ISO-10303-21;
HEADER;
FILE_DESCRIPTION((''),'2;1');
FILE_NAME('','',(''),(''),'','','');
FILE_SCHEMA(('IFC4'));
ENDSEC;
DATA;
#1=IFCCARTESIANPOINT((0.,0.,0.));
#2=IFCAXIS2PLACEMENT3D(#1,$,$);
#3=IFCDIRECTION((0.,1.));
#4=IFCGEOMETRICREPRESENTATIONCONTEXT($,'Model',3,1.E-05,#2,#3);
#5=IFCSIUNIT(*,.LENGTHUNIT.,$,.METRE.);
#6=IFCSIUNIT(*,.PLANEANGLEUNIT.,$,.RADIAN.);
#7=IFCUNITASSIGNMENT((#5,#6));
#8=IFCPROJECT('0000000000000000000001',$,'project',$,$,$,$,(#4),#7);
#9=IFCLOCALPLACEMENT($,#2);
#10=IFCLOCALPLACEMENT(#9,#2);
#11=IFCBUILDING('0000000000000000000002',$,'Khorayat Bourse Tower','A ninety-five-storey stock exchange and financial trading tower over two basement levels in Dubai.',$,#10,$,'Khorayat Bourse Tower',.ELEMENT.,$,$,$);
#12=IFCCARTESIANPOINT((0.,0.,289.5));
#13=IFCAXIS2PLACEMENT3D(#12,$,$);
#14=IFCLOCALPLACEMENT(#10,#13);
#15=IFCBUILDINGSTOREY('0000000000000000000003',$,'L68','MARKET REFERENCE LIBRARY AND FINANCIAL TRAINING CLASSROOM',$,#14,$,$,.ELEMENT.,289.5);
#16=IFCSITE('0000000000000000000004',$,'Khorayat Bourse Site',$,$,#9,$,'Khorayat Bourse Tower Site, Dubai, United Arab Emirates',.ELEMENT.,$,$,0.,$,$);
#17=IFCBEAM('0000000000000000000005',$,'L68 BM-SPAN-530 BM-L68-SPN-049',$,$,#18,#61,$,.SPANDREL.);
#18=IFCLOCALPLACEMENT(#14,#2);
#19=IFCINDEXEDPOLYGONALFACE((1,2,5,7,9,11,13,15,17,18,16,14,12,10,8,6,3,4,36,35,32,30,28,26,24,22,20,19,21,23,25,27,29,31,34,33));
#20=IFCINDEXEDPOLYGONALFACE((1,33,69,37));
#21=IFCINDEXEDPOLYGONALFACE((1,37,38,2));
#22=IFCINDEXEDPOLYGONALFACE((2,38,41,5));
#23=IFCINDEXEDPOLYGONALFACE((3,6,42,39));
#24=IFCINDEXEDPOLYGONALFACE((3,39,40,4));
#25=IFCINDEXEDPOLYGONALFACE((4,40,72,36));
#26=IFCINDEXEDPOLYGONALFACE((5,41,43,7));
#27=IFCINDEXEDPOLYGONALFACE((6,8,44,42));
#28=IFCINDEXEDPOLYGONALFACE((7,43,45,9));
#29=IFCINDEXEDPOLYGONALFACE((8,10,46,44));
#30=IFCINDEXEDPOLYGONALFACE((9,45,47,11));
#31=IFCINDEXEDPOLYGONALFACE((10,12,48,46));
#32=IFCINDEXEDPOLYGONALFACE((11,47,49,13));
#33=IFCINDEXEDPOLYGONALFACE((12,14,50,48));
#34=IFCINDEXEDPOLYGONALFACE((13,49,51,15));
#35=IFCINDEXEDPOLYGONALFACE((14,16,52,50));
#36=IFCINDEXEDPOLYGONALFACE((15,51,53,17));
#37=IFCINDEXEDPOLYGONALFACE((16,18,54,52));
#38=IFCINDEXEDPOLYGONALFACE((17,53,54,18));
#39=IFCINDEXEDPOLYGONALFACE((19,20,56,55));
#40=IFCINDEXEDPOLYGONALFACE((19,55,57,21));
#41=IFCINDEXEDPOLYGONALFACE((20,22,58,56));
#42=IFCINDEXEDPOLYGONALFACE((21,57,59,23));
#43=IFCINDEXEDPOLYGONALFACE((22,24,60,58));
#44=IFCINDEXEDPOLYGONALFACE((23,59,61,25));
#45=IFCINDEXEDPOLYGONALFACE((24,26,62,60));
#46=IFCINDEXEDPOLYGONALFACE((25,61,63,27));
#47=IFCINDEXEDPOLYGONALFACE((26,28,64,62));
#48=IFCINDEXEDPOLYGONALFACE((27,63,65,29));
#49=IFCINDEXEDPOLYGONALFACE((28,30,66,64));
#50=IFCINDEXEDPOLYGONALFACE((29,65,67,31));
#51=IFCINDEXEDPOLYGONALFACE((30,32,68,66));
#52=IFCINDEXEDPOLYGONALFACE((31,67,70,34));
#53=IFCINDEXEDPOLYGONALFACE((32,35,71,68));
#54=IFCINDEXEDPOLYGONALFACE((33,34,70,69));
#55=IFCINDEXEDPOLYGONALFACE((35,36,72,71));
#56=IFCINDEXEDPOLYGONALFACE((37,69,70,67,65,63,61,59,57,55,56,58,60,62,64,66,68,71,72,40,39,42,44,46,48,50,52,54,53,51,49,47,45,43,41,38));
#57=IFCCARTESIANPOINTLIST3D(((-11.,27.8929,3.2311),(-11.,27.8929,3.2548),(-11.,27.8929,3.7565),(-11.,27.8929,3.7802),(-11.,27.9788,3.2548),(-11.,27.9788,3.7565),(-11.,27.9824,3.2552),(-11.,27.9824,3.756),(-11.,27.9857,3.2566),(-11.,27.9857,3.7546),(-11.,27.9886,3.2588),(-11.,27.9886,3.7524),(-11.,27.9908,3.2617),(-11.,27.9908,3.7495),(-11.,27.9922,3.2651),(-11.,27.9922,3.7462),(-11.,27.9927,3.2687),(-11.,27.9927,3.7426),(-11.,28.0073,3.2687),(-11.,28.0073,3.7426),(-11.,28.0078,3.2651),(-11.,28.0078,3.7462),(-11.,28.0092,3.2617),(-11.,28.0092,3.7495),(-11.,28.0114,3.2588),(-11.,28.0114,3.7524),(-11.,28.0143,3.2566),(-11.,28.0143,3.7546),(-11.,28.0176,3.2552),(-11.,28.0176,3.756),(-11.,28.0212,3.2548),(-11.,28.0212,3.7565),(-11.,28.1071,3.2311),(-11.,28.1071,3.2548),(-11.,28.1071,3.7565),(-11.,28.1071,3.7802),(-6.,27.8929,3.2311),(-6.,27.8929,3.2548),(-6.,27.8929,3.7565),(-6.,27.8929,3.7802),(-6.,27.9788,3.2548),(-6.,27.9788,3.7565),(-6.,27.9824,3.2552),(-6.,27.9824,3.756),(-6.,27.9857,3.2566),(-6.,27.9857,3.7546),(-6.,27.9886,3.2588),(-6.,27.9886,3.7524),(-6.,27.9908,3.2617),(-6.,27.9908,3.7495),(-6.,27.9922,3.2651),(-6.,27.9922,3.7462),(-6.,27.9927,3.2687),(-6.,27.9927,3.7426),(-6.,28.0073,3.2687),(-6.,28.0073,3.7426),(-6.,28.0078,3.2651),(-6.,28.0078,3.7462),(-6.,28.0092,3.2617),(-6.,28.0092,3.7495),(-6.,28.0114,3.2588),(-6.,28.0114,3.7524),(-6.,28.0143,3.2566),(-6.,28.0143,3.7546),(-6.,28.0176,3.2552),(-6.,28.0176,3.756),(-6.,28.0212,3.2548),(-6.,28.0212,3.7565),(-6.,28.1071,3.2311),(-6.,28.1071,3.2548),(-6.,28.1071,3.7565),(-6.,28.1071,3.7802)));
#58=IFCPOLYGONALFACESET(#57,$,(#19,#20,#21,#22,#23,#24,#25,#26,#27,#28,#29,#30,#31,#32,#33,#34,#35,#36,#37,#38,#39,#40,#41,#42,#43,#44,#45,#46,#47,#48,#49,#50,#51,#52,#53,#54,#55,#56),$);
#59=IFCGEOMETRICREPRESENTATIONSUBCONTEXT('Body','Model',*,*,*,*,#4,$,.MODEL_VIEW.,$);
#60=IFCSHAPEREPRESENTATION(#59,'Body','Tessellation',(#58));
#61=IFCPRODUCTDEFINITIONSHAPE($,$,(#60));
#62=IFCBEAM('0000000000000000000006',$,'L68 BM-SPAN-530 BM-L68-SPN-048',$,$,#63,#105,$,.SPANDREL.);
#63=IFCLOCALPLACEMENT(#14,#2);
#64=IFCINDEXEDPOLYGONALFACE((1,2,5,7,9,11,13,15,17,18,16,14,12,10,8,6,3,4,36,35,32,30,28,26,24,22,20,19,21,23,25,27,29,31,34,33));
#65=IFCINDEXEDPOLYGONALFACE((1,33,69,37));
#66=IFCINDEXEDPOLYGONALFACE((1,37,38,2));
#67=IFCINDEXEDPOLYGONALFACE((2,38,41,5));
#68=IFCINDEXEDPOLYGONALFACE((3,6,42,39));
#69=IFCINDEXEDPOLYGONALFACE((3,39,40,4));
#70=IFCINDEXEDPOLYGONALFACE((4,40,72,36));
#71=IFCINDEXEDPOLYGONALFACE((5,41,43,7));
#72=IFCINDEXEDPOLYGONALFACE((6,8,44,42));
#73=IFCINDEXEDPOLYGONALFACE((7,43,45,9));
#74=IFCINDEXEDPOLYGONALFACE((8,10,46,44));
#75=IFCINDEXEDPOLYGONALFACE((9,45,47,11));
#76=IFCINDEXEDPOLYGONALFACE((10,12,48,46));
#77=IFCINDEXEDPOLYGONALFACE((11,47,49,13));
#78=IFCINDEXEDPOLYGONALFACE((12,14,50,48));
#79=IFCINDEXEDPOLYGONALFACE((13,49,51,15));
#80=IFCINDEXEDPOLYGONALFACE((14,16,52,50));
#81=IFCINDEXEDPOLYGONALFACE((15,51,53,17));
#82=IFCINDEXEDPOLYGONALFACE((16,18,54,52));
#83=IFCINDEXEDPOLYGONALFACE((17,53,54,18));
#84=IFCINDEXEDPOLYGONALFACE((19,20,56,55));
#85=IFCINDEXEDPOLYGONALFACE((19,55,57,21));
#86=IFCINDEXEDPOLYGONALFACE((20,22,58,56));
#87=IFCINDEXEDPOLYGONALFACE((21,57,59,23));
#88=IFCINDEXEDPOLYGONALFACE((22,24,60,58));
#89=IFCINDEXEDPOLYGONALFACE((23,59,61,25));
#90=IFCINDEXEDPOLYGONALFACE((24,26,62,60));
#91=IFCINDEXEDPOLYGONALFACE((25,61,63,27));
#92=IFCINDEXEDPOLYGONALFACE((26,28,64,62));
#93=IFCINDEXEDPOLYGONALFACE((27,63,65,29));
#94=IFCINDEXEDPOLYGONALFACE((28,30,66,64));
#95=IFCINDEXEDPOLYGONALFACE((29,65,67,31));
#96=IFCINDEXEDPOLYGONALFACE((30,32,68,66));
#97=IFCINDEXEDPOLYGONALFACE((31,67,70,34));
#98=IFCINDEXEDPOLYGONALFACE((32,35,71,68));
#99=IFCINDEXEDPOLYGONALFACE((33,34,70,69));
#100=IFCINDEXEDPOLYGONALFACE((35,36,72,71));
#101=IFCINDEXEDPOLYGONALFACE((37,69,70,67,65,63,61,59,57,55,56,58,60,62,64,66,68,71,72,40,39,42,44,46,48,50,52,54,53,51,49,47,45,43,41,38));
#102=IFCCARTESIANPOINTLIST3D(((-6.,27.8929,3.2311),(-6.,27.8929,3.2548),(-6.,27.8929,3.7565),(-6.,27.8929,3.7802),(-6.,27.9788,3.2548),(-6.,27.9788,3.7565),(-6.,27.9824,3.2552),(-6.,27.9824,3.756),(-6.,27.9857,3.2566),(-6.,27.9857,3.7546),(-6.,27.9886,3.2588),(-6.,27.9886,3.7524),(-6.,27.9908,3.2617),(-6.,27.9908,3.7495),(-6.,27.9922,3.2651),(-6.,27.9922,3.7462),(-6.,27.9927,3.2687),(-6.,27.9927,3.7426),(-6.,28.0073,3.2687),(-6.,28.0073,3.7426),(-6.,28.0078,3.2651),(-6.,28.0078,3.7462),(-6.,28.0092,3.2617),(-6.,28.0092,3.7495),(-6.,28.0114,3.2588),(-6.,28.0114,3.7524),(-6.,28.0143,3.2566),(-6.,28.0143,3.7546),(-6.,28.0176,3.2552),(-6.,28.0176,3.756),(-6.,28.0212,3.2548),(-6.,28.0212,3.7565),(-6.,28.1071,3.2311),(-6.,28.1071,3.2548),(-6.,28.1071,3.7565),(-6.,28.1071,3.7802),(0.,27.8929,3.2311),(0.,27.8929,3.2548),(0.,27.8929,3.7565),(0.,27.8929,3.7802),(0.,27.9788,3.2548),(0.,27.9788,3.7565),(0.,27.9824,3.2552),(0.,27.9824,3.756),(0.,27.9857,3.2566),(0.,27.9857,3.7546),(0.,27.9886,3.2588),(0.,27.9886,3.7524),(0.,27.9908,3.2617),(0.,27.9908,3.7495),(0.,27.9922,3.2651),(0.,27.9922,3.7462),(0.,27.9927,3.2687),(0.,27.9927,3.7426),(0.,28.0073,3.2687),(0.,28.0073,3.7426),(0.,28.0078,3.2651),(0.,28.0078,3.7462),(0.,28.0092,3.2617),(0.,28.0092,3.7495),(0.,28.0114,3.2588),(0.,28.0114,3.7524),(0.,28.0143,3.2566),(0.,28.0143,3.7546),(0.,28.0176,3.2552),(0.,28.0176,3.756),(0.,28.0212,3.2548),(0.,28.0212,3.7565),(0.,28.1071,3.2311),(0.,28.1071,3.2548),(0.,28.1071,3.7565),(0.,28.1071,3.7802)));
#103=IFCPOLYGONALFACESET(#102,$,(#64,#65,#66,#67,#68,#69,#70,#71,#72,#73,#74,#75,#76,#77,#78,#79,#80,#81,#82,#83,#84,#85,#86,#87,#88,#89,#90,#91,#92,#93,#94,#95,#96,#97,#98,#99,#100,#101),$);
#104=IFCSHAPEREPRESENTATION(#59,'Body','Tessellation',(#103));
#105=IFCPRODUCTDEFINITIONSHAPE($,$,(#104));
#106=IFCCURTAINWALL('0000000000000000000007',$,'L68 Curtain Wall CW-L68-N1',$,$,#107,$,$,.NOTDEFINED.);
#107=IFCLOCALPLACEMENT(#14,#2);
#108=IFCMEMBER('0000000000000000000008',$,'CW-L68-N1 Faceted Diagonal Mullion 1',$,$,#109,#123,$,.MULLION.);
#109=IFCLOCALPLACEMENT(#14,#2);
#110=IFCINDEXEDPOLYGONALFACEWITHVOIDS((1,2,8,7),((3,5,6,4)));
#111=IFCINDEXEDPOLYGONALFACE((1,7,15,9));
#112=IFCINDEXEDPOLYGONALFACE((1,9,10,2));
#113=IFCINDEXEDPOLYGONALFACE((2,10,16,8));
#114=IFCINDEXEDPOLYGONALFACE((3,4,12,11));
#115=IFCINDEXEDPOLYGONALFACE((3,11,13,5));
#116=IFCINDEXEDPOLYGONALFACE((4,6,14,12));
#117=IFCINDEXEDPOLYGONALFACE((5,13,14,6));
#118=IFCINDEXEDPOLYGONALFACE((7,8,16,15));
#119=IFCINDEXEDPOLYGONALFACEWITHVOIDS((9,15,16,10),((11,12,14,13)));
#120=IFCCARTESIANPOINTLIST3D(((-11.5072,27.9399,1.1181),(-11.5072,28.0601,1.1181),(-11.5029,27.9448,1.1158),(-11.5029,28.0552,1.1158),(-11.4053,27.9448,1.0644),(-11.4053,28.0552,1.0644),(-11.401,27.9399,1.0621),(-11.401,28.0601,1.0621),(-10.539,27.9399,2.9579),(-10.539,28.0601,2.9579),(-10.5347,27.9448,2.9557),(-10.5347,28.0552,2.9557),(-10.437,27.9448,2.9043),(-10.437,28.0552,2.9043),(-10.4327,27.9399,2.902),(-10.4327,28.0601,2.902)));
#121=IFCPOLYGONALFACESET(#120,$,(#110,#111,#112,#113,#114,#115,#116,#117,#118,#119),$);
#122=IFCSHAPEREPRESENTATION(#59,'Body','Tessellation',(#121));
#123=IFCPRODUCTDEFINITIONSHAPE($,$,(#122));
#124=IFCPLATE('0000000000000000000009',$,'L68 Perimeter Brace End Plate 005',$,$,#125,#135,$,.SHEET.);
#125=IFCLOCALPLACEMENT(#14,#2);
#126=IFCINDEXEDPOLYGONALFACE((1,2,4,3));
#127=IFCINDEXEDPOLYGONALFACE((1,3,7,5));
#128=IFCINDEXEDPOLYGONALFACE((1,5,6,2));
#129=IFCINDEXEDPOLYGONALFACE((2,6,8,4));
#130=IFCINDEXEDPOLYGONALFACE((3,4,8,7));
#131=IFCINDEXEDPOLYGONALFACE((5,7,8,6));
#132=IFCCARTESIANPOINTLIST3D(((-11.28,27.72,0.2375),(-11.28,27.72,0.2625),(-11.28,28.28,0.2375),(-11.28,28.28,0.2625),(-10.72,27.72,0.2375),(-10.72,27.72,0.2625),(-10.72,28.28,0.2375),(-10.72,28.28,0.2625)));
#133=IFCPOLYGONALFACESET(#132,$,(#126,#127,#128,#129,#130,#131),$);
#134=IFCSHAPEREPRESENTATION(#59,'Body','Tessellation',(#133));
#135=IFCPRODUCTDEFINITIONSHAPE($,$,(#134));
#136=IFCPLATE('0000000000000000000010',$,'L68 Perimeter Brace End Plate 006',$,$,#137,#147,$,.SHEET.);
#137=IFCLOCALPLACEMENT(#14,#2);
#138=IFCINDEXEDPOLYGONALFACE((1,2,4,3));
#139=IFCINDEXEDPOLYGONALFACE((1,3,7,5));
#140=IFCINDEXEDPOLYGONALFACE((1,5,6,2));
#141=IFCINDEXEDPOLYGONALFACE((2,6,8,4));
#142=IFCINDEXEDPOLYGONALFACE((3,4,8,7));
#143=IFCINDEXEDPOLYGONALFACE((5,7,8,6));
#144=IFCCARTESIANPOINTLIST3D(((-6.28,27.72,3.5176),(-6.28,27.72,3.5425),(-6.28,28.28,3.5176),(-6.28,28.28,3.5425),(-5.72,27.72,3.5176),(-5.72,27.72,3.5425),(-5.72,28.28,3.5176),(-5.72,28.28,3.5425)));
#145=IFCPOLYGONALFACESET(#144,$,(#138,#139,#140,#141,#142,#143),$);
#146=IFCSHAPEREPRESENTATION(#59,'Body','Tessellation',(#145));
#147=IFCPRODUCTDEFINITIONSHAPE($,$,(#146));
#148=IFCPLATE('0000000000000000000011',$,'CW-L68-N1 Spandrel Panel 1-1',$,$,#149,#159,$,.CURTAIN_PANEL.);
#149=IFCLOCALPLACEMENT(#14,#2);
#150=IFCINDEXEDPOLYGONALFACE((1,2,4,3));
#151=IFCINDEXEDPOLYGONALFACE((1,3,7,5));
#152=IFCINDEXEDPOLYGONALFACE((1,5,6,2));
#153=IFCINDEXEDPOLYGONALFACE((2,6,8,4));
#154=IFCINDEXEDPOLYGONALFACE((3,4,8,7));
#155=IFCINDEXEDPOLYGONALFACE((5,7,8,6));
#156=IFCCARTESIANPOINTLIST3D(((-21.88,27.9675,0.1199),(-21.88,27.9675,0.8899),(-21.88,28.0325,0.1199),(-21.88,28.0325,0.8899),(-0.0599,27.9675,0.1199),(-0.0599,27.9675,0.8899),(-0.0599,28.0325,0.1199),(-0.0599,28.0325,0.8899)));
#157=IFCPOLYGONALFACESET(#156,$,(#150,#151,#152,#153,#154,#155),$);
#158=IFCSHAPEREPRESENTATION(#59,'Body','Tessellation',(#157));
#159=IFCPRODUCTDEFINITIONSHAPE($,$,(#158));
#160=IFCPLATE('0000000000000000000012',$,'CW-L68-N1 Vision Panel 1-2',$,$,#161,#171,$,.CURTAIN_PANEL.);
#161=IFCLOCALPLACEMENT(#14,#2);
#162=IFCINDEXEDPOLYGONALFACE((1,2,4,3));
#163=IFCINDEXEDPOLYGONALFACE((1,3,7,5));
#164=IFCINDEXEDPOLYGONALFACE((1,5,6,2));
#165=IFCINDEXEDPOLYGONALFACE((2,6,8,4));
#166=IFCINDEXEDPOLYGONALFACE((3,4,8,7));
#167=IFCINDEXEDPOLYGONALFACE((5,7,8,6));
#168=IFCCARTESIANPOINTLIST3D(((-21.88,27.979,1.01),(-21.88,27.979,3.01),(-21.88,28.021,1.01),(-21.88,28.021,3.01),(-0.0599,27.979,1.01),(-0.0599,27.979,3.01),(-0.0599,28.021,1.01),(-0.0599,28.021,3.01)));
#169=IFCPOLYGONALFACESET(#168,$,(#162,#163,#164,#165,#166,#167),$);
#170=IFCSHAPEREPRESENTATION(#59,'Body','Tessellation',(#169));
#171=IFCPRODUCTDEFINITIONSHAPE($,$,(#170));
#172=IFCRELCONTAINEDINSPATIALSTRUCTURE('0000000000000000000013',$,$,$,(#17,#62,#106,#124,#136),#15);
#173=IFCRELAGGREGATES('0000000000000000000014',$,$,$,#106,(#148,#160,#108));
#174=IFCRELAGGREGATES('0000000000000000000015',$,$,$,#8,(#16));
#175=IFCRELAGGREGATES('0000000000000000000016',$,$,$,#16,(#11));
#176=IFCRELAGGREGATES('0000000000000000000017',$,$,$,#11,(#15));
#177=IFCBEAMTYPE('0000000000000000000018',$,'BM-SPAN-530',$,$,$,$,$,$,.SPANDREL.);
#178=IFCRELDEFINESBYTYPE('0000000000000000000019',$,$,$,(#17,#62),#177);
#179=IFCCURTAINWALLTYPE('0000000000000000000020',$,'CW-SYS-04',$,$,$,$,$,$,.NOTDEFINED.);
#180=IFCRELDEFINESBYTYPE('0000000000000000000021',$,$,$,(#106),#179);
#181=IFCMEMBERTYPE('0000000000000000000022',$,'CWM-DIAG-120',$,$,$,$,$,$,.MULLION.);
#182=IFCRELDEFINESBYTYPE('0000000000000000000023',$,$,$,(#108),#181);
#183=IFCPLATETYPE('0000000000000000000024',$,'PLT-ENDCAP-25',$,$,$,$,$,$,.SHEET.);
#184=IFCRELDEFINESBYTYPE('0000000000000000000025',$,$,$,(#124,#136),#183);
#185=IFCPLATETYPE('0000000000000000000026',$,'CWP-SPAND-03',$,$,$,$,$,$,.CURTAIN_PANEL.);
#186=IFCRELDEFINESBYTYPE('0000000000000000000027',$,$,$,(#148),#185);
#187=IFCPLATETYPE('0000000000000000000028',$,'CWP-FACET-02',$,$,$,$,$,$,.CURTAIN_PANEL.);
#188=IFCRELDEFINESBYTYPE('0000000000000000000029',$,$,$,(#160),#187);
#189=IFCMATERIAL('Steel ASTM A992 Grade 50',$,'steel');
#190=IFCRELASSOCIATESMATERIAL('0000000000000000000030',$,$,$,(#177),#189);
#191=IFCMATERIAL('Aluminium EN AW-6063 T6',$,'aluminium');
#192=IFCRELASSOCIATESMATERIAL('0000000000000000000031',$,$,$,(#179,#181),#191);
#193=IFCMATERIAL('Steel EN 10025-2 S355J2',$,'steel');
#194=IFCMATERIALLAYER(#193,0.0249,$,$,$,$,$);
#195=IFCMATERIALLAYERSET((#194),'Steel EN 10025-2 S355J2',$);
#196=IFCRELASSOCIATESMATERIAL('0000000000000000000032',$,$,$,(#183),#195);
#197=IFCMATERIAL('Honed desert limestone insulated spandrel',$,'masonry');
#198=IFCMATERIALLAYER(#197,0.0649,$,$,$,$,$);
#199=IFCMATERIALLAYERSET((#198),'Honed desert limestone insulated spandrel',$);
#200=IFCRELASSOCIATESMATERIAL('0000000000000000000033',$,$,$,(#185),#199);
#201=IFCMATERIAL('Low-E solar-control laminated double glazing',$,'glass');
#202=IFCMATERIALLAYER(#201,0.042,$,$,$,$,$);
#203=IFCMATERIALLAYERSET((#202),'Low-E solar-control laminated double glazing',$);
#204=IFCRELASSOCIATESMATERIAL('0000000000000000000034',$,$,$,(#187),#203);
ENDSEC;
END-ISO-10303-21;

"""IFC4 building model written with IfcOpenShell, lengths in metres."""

from ifc_helpers import new_model, si_unit, direction, frame, origin, origin_2d, place, context, subcontext, project, spatial, rectangle, hollow_rectangle, i_section, extrude, source, transform, mapped, material, layer, layer_set, material_profile, profile_set, type_object, element, aggregate, save


model = new_model("IFC4")

# Units and contexts
model_context = context("Model", 3, precision=1e-05, world=origin(), true_north=direction((0.0, 1.0)))
body_context = subcontext(model_context, "Body", "Model", "MODEL_VIEW")
ifc_project = project(units=[si_unit("LENGTHUNIT", "METRE"), si_unit("PLANEANGLEUNIT", "RADIAN")], contexts=[model_context])

# Site, building, storey
site_placement = place(None, origin())
site = spatial("IfcSite", under=ifc_project, at=site_placement, Name="Khorayat Bourse Site", LongName="Khorayat Bourse Tower Site, Dubai, United Arab Emirates", CompositionType="ELEMENT", RefElevation=0.0)
building_placement = place(site_placement, origin())
building = spatial("IfcBuilding", under=site, at=building_placement, Name="Khorayat Bourse Tower", Description="A ninety-five-storey stock exchange and financial trading tower over two basement levels in Dubai.", LongName="Khorayat Bourse Tower", CompositionType="ELEMENT")
storey_placement = place(building_placement, frame((0.0, 0.0, 289.5)))
storey = spatial("IfcBuildingStorey", under=building, at=storey_placement, Name="L68", Description="MARKET REFERENCE LIBRARY AND FINANCIAL TRAINING CLASSROOM", CompositionType="ELEMENT", Elevation=289.5)

# Beams
ifc_material_1 = material(Name="Steel ASTM A992 Grade 50", Category="steel")
ifc_material_profile_1 = material_profile(ifc_material_1, i_section(OverallWidth=0.2141, OverallDepth=0.5491, WebThickness=0.0146, FlangeThickness=0.0237, FilletRadius=0.0139, at=origin_2d()), Name="W530X138")
ifc_profile_set_1 = profile_set([ifc_material_profile_1], Name="Steel ASTM A992 Grade 50")
beam_type_1 = type_object("IfcBeamType", Name="BM-SPAN-530", PredefinedType="SPANDREL", material=ifc_profile_set_1)
shared_shape_1 = source(origin(), body_context, "Body", "SweptSolid", [
    extrude(i_section(OverallWidth=0.2141, OverallDepth=0.5491, WebThickness=0.0146, FlangeThickness=0.0237, FilletRadius=0.0139, at=origin_2d()), origin(), (0.0, 0.0, 1.0), 5.0),
])
beam_1_placement = place(storey_placement, frame((-11.0, 28.0, 3.5056), z_axis=(1.0, 0.0, 0.0), x_axis=(0.0, 1.0, 0.0)))
element("IfcBeam", 1, at=beam_1_placement, inside=storey, type_object=beam_type_1, Name="L68 BM-SPAN-530 BM-L68-SPN-049", PredefinedType="SPANDREL", context=body_context, shape_type="MappedRepresentation", body=[
    mapped(shared_shape_1, transform((0.0, 0.0, 0.0), scale=1.0)),
])
shared_shape_2 = source(origin(), body_context, "Body", "SweptSolid", [
    extrude(i_section(OverallWidth=0.2141, OverallDepth=0.5491, WebThickness=0.0146, FlangeThickness=0.0237, FilletRadius=0.0139, at=origin_2d()), origin(), (0.0, 0.0, 1.0), 6.0),
])
beam_2_placement = place(storey_placement, frame((-6.0, 28.0, 3.5056), z_axis=(1.0, 0.0, 0.0), x_axis=(0.0, 1.0, 0.0)))
element("IfcBeam", 2, at=beam_2_placement, inside=storey, type_object=beam_type_1, Name="L68 BM-SPAN-530 BM-L68-SPN-048", PredefinedType="SPANDREL", context=body_context, shape_type="MappedRepresentation", body=[
    mapped(shared_shape_2, transform((0.0, 0.0, 0.0), scale=1.0)),
])

# Curtain wall, member
ifc_material_2 = material(Name="Aluminium EN AW-6063 T6", Category="aluminium")
curtain_wall_type = type_object("IfcCurtainWallType", Name="CW-SYS-04", PredefinedType="NOTDEFINED", material=ifc_material_2)
curtain_wall_placement = place(storey_placement, origin())
curtain_wall = element("IfcCurtainWall", 3, at=curtain_wall_placement, inside=storey, type_object=curtain_wall_type, Name="L68 Curtain Wall CW-L68-N1", PredefinedType="NOTDEFINED")
ifc_material_profile_2 = material_profile(ifc_material_2, hollow_rectangle(XDim=0.1201, YDim=0.1201, WallThickness=0.0049, at=origin_2d()), Name="ALU 120x120x5")
ifc_profile_set_2 = profile_set([ifc_material_profile_2], Name="Aluminium EN AW-6063 T6")
member_type_1 = type_object("IfcMemberType", Name="CWM-DIAG-120", PredefinedType="MULLION", material=ifc_profile_set_2)
shared_shape_3 = source(origin(), body_context, "Body", "SweptSolid", [
    extrude(hollow_rectangle(XDim=0.1201, YDim=0.1201, WallThickness=0.0049, at=origin_2d()), origin(), (0.0, 0.0, 1.0), 2.0791),
])
member_1_placement = place(storey_placement, frame((-11.4541, 28.0, 1.0901), z_axis=(0.465717, 0.0, 0.884934), x_axis=(0.0, 1.0, 0.0)))
member_1 = element("IfcMember", 4, at=member_1_placement, type_object=member_type_1, Name="CW-L68-N1 Faceted Diagonal Mullion 1", PredefinedType="MULLION", context=body_context, shape_type="MappedRepresentation", body=[
    mapped(shared_shape_3, transform((0.0, 0.0, 0.0), scale=1.0)),
])

# Plates
ifc_material_3 = material(Name="Steel EN 10025-2 S355J2", Category="steel")
ifc_layer_1 = layer(ifc_material_3, 0.0249)
ifc_layer_set_1 = layer_set([ifc_layer_1], Name="Steel EN 10025-2 S355J2")
plate_type_1 = type_object("IfcPlateType", Name="PLT-ENDCAP-25", PredefinedType="SHEET", material=ifc_layer_set_1)
shared_shape_4 = source(origin(), body_context, "Body", "SweptSolid", [
    extrude(rectangle(XDim=0.5601, YDim=0.5601, at=origin_2d()), origin(), (0.0, 0.0, 1.0), 0.0249),
])
for number, where, z_axis, x_axis, name in (
    (5, (-11.0, 28.0, 0.2375), (0.0, 0.0, 1.0), (1.0, 0.0, 0.0), "L68 Perimeter Brace End Plate 005"),
    (6, (-6.0, 28.0, 3.5176), (0.0, 0.0, 1.0), (1.0, 0.0, 0.0), "L68 Perimeter Brace End Plate 006"),
):
    element("IfcPlate", number, at=place(storey_placement, frame(where, z_axis=z_axis, x_axis=x_axis)), inside=storey, type_object=plate_type_1, Name=name, PredefinedType="SHEET", context=body_context, shape_type="MappedRepresentation", body=[
        mapped(shared_shape_4, transform((0.0, 0.0, 0.0), scale=1.0)),
    ])

# Plates
ifc_material_4 = material(Name="Honed desert limestone insulated spandrel", Category="masonry")
ifc_layer_2 = layer(ifc_material_4, 0.0649)
ifc_layer_set_2 = layer_set([ifc_layer_2], Name="Honed desert limestone insulated spandrel")
plate_type_2 = type_object("IfcPlateType", Name="CWP-SPAND-03", PredefinedType="CURTAIN_PANEL", material=ifc_layer_set_2)
shared_shape_5 = source(origin(), body_context, "Body", "SweptSolid", [
    extrude(rectangle(XDim=21.8201, YDim=0.0649, at=origin_2d()), origin(), (0.0, 0.0, 1.0), 0.77),
])
plate_1_placement = place(storey_placement, frame((-10.97, 28.0, 0.1199), z_axis=(0.0, 0.0, 1.0), x_axis=(1.0, 0.0, 0.0)))
plate_1 = element("IfcPlate", 7, at=plate_1_placement, type_object=plate_type_2, Name="CW-L68-N1 Spandrel Panel 1-1", PredefinedType="CURTAIN_PANEL", context=body_context, shape_type="MappedRepresentation", body=[
    mapped(shared_shape_5, transform((0.0, 0.0, 0.0), scale=1.0)),
])
ifc_material_5 = material(Name="Low-E solar-control laminated double glazing", Category="glass")
ifc_layer_3 = layer(ifc_material_5, 0.042)
ifc_layer_set_3 = layer_set([ifc_layer_3], Name="Low-E solar-control laminated double glazing")
plate_type_3 = type_object("IfcPlateType", Name="CWP-FACET-02", PredefinedType="CURTAIN_PANEL", material=ifc_layer_set_3)
shared_shape_6 = source(origin(), body_context, "Body", "SweptSolid", [
    extrude(rectangle(XDim=21.8201, YDim=0.042, at=origin_2d()), origin(), (0.0, 0.0, 1.0), 2.0),
])
plate_2_placement = place(storey_placement, frame((-10.97, 28.0, 1.01), z_axis=(0.0, 0.0, 1.0), x_axis=(1.0, 0.0, 0.0)))
plate_2 = element("IfcPlate", 8, at=plate_2_placement, type_object=plate_type_3, Name="CW-L68-N1 Vision Panel 1-2", PredefinedType="CURTAIN_PANEL", context=body_context, shape_type="MappedRepresentation", body=[
    mapped(shared_shape_6, transform((0.0, 0.0, 0.0), scale=1.0)),
])
aggregate(curtain_wall, [plate_1, plate_2, member_1])

save(model, "model.ifc")
